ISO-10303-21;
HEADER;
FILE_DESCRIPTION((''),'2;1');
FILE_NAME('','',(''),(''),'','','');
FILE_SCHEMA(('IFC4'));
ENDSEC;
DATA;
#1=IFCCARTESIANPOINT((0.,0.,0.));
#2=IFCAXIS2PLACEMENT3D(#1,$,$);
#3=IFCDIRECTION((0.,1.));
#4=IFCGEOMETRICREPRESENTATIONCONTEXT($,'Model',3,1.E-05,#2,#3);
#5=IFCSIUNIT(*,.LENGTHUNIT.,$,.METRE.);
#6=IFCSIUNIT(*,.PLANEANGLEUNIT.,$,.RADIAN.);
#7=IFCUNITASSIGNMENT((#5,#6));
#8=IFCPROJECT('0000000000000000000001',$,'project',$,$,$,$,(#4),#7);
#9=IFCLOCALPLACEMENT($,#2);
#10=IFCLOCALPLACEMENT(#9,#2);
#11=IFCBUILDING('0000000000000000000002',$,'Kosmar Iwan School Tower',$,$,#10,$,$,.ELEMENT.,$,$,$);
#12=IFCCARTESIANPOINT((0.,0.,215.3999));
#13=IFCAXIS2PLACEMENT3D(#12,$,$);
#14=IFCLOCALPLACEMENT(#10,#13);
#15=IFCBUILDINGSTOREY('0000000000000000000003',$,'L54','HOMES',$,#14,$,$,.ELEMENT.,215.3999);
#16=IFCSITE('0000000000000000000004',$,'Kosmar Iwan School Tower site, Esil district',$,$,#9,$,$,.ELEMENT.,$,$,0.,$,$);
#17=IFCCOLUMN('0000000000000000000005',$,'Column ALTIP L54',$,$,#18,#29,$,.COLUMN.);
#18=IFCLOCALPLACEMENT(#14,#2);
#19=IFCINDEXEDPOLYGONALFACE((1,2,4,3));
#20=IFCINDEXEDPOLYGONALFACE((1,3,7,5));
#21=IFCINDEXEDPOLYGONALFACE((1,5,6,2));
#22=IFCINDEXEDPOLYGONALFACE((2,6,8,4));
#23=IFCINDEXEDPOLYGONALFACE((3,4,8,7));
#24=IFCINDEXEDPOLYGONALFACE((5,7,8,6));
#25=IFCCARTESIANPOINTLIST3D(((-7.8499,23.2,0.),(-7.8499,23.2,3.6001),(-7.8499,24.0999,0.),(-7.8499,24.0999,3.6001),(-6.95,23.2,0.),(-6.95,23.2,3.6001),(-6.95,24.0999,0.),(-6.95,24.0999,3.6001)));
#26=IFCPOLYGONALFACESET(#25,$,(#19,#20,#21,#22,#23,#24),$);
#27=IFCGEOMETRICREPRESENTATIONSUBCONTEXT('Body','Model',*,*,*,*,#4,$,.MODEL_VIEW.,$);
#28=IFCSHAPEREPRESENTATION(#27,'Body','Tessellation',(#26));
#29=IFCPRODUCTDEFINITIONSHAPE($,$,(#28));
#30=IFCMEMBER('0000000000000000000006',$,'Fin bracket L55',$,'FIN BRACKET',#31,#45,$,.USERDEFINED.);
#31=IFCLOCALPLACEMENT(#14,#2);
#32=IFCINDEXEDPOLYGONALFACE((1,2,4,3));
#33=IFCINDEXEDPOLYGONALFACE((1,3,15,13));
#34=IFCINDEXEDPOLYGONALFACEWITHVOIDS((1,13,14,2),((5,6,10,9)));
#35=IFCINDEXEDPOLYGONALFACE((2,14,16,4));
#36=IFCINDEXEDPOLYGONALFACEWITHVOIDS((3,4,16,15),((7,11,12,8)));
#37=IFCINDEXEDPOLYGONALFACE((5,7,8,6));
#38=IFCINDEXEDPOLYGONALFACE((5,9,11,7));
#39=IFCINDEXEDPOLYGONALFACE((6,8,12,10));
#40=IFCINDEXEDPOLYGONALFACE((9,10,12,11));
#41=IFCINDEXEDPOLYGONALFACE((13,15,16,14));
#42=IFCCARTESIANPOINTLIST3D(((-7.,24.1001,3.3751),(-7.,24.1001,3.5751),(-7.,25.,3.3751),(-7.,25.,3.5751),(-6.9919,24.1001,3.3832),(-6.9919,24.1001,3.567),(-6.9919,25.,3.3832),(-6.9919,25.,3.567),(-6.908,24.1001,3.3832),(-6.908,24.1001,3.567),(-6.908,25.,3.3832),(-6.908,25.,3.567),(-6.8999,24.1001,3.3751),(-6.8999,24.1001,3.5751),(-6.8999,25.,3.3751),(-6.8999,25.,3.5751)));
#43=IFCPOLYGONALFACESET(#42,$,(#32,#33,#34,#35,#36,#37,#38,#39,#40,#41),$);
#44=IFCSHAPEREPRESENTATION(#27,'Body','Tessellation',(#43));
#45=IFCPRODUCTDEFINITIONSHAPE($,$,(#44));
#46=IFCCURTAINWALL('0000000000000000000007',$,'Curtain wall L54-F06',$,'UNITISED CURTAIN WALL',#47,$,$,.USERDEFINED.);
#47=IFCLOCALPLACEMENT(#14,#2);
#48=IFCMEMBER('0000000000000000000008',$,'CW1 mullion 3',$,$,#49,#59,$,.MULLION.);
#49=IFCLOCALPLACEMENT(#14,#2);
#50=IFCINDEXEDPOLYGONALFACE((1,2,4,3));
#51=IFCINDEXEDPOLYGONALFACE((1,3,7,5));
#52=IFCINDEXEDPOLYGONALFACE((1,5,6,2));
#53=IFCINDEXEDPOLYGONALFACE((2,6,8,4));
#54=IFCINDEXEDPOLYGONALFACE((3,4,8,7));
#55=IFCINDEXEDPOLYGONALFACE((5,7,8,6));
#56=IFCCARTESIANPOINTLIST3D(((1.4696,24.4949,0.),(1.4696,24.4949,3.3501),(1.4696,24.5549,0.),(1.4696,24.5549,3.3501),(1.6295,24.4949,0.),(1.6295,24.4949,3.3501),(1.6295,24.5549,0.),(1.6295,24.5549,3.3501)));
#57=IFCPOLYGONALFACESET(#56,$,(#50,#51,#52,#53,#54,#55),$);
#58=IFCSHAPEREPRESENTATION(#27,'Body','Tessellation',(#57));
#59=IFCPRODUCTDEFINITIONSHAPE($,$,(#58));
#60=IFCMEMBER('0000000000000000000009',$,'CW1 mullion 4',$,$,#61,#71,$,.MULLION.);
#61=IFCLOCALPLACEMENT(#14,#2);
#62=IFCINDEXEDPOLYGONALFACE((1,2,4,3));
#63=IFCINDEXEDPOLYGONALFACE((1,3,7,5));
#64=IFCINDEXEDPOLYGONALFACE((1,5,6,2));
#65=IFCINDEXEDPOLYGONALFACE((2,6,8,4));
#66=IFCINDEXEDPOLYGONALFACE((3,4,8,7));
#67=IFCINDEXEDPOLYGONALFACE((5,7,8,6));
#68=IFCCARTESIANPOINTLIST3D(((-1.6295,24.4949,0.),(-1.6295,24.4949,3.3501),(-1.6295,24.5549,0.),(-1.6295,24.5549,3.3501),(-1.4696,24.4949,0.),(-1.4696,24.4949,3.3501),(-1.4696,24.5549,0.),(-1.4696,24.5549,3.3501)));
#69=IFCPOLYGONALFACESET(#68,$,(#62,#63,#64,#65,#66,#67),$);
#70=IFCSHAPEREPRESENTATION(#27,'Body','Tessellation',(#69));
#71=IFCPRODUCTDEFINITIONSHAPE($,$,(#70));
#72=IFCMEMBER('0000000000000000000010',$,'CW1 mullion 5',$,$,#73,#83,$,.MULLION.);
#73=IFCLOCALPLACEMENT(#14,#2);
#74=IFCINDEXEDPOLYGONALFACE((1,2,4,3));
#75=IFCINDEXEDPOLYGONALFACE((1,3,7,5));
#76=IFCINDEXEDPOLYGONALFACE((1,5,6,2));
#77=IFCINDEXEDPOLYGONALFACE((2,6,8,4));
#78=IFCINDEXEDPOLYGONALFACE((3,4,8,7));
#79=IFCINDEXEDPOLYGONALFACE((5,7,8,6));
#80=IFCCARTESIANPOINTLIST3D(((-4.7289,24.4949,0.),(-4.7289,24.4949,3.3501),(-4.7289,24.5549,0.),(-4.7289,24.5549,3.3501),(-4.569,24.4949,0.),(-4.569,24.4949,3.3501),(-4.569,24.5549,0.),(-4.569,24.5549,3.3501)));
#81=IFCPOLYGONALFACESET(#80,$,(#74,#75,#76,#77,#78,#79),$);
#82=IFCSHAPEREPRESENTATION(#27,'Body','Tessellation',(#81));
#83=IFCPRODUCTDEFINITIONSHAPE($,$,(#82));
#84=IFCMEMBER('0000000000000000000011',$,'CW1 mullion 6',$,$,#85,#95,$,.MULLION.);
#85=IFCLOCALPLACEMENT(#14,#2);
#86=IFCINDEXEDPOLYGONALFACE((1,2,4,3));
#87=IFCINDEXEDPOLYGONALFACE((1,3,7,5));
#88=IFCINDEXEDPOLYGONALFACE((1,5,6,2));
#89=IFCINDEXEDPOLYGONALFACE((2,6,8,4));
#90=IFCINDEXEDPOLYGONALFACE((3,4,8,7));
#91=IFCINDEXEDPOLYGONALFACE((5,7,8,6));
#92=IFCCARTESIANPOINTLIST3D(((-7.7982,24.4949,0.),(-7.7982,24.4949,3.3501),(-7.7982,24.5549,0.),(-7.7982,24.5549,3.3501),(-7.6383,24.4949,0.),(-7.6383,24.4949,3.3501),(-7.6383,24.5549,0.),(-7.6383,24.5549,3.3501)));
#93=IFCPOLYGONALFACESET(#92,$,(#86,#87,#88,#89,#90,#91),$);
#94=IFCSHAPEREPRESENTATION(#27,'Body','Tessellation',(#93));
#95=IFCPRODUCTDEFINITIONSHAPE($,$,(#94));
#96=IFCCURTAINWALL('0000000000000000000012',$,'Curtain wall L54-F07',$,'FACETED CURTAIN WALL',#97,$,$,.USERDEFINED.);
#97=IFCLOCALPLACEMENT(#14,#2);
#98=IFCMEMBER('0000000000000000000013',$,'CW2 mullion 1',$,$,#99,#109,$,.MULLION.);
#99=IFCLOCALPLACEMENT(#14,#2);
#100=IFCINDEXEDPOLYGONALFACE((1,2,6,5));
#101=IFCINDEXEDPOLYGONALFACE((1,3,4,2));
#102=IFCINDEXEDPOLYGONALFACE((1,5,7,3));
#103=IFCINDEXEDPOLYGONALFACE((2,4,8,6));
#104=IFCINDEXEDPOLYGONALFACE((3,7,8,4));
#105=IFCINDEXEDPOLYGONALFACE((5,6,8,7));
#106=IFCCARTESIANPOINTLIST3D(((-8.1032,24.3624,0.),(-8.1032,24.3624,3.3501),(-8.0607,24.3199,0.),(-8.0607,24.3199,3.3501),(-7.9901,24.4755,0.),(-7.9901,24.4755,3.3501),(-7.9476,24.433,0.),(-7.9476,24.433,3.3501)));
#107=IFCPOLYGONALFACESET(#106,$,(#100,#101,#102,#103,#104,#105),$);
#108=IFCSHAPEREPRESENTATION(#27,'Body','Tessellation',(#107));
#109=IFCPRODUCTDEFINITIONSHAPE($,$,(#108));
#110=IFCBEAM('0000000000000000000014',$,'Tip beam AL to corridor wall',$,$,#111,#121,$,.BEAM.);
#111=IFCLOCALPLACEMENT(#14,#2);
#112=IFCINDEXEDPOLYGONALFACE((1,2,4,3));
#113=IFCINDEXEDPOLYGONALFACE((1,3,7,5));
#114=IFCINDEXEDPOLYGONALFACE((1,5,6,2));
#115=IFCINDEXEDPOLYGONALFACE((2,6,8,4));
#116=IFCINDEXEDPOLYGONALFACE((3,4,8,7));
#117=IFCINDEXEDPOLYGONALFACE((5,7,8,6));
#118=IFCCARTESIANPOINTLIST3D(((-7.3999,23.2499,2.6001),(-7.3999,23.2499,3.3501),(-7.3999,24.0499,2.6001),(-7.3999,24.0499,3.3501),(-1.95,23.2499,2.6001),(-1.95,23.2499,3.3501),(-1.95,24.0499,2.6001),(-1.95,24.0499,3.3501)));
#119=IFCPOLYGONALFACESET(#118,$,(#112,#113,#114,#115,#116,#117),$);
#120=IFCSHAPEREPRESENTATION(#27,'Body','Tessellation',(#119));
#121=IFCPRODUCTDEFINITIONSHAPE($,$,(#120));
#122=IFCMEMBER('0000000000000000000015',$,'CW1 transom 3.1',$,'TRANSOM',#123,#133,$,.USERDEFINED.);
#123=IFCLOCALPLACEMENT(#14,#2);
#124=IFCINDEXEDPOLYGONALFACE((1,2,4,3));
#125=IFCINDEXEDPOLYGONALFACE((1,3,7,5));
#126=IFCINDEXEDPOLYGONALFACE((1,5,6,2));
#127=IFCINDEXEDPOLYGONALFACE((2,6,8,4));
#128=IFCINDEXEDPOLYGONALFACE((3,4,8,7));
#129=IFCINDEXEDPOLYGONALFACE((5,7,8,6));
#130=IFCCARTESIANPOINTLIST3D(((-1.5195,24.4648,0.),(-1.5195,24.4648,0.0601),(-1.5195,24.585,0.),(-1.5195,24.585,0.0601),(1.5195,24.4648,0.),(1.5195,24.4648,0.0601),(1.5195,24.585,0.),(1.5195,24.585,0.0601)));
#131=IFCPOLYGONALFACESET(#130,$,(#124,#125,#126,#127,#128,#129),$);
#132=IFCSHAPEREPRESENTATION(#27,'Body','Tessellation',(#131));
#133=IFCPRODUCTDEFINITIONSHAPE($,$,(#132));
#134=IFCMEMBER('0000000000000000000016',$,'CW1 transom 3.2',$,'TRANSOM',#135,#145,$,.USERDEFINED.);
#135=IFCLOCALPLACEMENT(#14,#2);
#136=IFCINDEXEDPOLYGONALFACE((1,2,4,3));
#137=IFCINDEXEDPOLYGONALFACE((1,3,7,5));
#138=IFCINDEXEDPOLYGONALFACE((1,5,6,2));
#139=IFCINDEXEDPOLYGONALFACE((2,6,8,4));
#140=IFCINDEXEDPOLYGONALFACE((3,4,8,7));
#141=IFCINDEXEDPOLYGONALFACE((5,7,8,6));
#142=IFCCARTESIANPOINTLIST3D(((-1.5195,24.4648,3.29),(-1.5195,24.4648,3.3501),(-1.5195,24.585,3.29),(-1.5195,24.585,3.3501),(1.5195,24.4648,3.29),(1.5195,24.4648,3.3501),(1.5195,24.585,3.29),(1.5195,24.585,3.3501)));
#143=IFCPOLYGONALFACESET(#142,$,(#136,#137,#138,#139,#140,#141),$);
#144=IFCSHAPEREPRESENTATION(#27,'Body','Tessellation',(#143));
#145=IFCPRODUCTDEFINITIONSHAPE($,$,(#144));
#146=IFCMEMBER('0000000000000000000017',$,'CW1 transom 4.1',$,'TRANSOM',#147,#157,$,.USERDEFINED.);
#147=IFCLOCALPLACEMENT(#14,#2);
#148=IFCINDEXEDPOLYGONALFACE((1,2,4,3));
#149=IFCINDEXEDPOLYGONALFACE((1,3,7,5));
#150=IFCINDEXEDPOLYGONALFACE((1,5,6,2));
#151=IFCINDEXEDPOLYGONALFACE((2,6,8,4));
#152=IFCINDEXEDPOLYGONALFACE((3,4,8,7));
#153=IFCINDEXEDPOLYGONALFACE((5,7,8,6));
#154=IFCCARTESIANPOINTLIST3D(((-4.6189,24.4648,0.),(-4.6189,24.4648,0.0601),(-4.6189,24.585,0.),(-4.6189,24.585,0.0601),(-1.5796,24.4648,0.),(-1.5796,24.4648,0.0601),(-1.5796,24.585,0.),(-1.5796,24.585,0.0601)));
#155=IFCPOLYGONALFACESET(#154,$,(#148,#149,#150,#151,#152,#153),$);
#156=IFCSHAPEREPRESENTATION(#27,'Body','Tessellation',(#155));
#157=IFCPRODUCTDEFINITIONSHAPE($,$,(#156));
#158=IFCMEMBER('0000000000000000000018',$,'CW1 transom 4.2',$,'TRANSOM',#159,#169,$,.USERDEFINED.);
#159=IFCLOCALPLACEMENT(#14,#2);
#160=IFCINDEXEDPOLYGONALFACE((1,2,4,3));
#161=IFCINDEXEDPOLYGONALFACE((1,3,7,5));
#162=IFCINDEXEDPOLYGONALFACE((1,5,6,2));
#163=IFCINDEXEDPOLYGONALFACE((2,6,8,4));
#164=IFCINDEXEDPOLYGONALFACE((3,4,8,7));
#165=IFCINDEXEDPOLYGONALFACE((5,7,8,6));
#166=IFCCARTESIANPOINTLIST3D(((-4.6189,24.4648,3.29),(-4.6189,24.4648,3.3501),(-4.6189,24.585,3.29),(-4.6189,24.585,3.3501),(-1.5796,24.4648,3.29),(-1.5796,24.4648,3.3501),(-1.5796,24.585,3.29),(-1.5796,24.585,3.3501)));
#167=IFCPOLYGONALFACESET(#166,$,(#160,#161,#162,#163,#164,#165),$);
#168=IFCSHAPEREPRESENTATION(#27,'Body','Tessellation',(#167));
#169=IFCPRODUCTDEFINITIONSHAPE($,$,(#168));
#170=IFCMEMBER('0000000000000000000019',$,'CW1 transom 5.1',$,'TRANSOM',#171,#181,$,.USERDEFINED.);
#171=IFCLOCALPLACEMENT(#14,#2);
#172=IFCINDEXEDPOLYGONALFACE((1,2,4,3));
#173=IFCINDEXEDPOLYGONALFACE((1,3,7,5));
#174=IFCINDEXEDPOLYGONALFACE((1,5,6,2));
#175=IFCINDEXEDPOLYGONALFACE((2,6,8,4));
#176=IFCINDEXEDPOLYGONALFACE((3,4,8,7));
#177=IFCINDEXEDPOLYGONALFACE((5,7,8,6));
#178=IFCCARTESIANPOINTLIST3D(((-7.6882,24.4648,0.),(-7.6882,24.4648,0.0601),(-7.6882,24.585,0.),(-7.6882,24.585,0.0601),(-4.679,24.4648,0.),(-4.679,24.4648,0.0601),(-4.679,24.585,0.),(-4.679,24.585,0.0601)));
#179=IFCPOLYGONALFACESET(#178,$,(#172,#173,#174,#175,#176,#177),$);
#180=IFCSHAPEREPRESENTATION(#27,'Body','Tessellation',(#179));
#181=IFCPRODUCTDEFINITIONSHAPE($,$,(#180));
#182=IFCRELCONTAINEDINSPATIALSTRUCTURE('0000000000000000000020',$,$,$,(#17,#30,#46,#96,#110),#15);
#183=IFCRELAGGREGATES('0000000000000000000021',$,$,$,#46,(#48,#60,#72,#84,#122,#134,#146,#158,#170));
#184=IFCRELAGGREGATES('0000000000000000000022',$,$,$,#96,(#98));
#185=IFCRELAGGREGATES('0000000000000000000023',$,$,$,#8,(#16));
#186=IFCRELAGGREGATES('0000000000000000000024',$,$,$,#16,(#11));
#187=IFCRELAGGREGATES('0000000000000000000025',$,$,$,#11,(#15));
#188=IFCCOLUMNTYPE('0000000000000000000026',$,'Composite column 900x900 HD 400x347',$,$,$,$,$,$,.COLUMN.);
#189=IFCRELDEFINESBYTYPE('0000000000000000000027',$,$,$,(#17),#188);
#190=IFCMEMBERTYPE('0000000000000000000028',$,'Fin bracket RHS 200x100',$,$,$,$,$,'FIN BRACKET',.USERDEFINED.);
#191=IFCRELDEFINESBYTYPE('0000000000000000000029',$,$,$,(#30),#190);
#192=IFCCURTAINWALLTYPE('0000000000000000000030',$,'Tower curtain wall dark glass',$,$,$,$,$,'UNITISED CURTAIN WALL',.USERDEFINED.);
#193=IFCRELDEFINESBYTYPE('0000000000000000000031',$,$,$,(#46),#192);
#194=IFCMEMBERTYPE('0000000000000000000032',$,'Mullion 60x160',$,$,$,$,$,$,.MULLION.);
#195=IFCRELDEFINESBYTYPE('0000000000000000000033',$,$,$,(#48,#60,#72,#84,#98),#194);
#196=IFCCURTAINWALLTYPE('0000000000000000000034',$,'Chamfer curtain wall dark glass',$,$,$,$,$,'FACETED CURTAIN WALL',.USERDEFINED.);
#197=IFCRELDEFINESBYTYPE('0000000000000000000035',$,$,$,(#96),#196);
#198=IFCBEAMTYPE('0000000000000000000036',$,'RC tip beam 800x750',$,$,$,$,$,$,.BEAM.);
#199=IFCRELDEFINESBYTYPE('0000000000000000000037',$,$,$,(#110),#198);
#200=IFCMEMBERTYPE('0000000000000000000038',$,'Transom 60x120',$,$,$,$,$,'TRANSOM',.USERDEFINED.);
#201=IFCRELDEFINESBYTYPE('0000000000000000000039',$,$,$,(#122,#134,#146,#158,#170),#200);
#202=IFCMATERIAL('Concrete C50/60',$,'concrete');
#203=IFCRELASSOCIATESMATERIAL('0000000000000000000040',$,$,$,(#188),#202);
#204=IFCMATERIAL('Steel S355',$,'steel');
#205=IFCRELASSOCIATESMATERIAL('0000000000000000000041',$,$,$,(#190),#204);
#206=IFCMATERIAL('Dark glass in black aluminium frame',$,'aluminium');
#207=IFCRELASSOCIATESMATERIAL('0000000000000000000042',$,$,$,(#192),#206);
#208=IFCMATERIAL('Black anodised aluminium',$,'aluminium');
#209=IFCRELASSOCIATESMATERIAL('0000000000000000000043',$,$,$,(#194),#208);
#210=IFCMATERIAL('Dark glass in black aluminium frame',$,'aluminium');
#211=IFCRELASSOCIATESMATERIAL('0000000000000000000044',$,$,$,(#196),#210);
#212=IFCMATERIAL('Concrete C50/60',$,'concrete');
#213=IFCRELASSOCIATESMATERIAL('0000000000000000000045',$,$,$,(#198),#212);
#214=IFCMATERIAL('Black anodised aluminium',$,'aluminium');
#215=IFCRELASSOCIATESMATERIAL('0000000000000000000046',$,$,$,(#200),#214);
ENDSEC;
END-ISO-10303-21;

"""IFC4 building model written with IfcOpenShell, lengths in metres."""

from ifc_helpers import new_model, si_unit, direction, frame, origin, origin_2d, place, context, subcontext, project, spatial, rectangle, hollow_rectangle, extrude, material, material_profile, profile_set, type_object, element, aggregate, save


model = new_model("IFC4")

# Units and contexts
model_context = context("Model", 3, precision=1e-05, world=origin(), true_north=direction((0.0, 1.0)))
body_context = subcontext(model_context, "Body", "Model", "MODEL_VIEW")
ifc_project = project(units=[si_unit("LENGTHUNIT", "METRE"), si_unit("PLANEANGLEUNIT", "RADIAN")], contexts=[model_context])

# Site, building, storey
site_placement = place(None, origin())
site = spatial("IfcSite", under=ifc_project, at=site_placement, Name="Kosmar Iwan School Tower site, Esil district", CompositionType="ELEMENT", RefElevation=0.0)
building_placement = place(site_placement, origin())
building = spatial("IfcBuilding", under=site, at=building_placement, Name="Kosmar Iwan School Tower", CompositionType="ELEMENT")
storey_placement = place(building_placement, frame((0.0, 0.0, 215.3999)))
storey = spatial("IfcBuildingStorey", under=building, at=storey_placement, Name="L54", Description="HOMES", CompositionType="ELEMENT", Elevation=215.3999)

# Column
ifc_material_1 = material(Name="Concrete C50/60", Category="concrete")
ifc_material_profile_1 = material_profile(ifc_material_1, rectangle(XDim=0.8999, YDim=0.8999, at=origin_2d()), Name="RC 900x900 + HD 400x347")
ifc_profile_set_1 = profile_set([ifc_material_profile_1], Name="Concrete C50/60")
column_type = type_object("IfcColumnType", Name="Composite column 900x900 HD 400x347", PredefinedType="COLUMN", material=ifc_profile_set_1)
column_placement = place(storey_placement, frame((-7.3999, 23.6499, 0.0), z_axis=(0.0, 0.0, 1.0), x_axis=(0.0, 1.0, 0.0)))
element("IfcColumn", 1, at=column_placement, inside=storey, type_object=column_type, Name="Column ALTIP L54", PredefinedType="COLUMN", context=body_context, shape_type="SweptSolid", body=[
    extrude(rectangle(XDim=0.8999, YDim=0.8999, at=origin_2d()), origin(), (0.0, 0.0, 1.0), 3.6001),
])

# Member
ifc_material_2 = material(Name="Steel S355", Category="steel")
ifc_material_profile_2 = material_profile(ifc_material_2, hollow_rectangle(XDim=0.1001, YDim=0.2, WallThickness=0.0081, at=origin_2d()), Name="RHS 200x100x8")
ifc_profile_set_2 = profile_set([ifc_material_profile_2], Name="Steel S355")
member_type_1 = type_object("IfcMemberType", Name="Fin bracket RHS 200x100", ElementType="FIN BRACKET", PredefinedType="USERDEFINED", material=ifc_profile_set_2)
member_1_placement = place(storey_placement, frame((-6.95, 24.1001, 3.4751), z_axis=(0.0, 1.0, 0.0), x_axis=(-1.0, 0.0, 0.0)))
element("IfcMember", 2, at=member_1_placement, inside=storey, type_object=member_type_1, Name="Fin bracket L55", ObjectType="FIN BRACKET", PredefinedType="USERDEFINED", context=body_context, shape_type="SweptSolid", body=[
    extrude(hollow_rectangle(XDim=0.1001, YDim=0.2, WallThickness=0.0081, at=origin_2d()), origin(), (0.0, 0.0, 1.0), 0.8999),
])

# Curtain wall, members
ifc_material_3 = material(Name="Dark glass in black aluminium frame", Category="aluminium")
curtain_wall_type_1 = type_object("IfcCurtainWallType", Name="Tower curtain wall dark glass", ElementType="UNITISED CURTAIN WALL", PredefinedType="USERDEFINED", material=ifc_material_3)
curtain_wall_1_placement = place(storey_placement, origin())
curtain_wall_1 = element("IfcCurtainWall", 3, at=curtain_wall_1_placement, inside=storey, type_object=curtain_wall_type_1, Name="Curtain wall L54-F06", ObjectType="UNITISED CURTAIN WALL", PredefinedType="USERDEFINED")
ifc_material_4 = material(Name="Black anodised aluminium", Category="aluminium")
ifc_material_profile_3 = material_profile(ifc_material_4, rectangle(XDim=0.0601, YDim=0.1599, at=origin_2d()), Name="MULLION 60x160")
ifc_profile_set_3 = profile_set([ifc_material_profile_3], Name="Black anodised aluminium")
member_type_2 = type_object("IfcMemberType", Name="Mullion 60x160", PredefinedType="MULLION", material=ifc_profile_set_3)
member_2_placement = place(storey_placement, frame((1.5496, 24.5249, 0.0), z_axis=(0.0, 0.0, 1.0), x_axis=(0.0, -1.0, 0.0)))
member_2 = element("IfcMember", 4, at=member_2_placement, type_object=member_type_2, Name="CW1 mullion 3", PredefinedType="MULLION", context=body_context, shape_type="SweptSolid", body=[
    extrude(rectangle(XDim=0.0601, YDim=0.1599, at=origin_2d()), origin(), (0.0, 0.0, 1.0), 3.3501),
])
member_3_placement = place(storey_placement, frame((-1.5496, 24.5249, 0.0), z_axis=(0.0, 0.0, 1.0), x_axis=(0.0, -1.0, 0.0)))
member_3 = element("IfcMember", 5, at=member_3_placement, type_object=member_type_2, Name="CW1 mullion 4", PredefinedType="MULLION", context=body_context, shape_type="SweptSolid", body=[
    extrude(rectangle(XDim=0.0601, YDim=0.1599, at=origin_2d()), origin(), (0.0, 0.0, 1.0), 3.3501),
])
member_4_placement = place(storey_placement, frame((-4.6489, 24.5249, 0.0), z_axis=(0.0, 0.0, 1.0), x_axis=(0.0, -1.0, 0.0)))
member_4 = element("IfcMember", 6, at=member_4_placement, type_object=member_type_2, Name="CW1 mullion 5", PredefinedType="MULLION", context=body_context, shape_type="SweptSolid", body=[
    extrude(rectangle(XDim=0.0601, YDim=0.1599, at=origin_2d()), origin(), (0.0, 0.0, 1.0), 3.3501),
])
member_5_placement = place(storey_placement, frame((-7.7183, 24.5249, 0.0), z_axis=(0.0, 0.0, 1.0), x_axis=(0.0, -1.0, 0.0)))
member_5 = element("IfcMember", 7, at=member_5_placement, type_object=member_type_2, Name="CW1 mullion 6", PredefinedType="MULLION", context=body_context, shape_type="SweptSolid", body=[
    extrude(rectangle(XDim=0.0601, YDim=0.1599, at=origin_2d()), origin(), (0.0, 0.0, 1.0), 3.3501),
])

# Curtain wall, member
ifc_material_5 = material(Name="Dark glass in black aluminium frame", Category="aluminium")
curtain_wall_type_2 = type_object("IfcCurtainWallType", Name="Chamfer curtain wall dark glass", ElementType="FACETED CURTAIN WALL", PredefinedType="USERDEFINED", material=ifc_material_5)
curtain_wall_2_placement = place(storey_placement, origin())
curtain_wall_2 = element("IfcCurtainWall", 8, at=curtain_wall_2_placement, inside=storey, type_object=curtain_wall_type_2, Name="Curtain wall L54-F07", ObjectType="FACETED CURTAIN WALL", PredefinedType="USERDEFINED")
member_6_placement = place(storey_placement, frame((-8.0254, 24.3977, 0.0), z_axis=(0.0, 0.0, 1.0), x_axis=(0.707107, -0.707107, 0.0)))
member_6 = element("IfcMember", 9, at=member_6_placement, type_object=member_type_2, Name="CW2 mullion 1", PredefinedType="MULLION", context=body_context, shape_type="SweptSolid", body=[
    extrude(rectangle(XDim=0.0601, YDim=0.1599, at=origin_2d()), origin(), (0.0, 0.0, 1.0), 3.3501),
])

# Beam
ifc_material_6 = material(Name="Concrete C50/60", Category="concrete")
ifc_material_profile_4 = material_profile(ifc_material_6, rectangle(XDim=0.8, YDim=0.75, at=origin_2d()), Name="RC 800x750")
ifc_profile_set_4 = profile_set([ifc_material_profile_4], Name="Concrete C50/60")
beam_type = type_object("IfcBeamType", Name="RC tip beam 800x750", PredefinedType="BEAM", material=ifc_profile_set_4)
beam_placement = place(storey_placement, frame((-7.3999, 23.6499, 2.9751), z_axis=(1.0, 0.0, 0.0), x_axis=(0.0, 1.0, 0.0)))
element("IfcBeam", 10, at=beam_placement, inside=storey, type_object=beam_type, Name="Tip beam AL to corridor wall", PredefinedType="BEAM", context=body_context, shape_type="SweptSolid", body=[
    extrude(rectangle(XDim=0.8, YDim=0.75, at=origin_2d()), origin(), (0.0, 0.0, 1.0), 5.45),
])

# Members
ifc_material_7 = material(Name="Black anodised aluminium", Category="aluminium")
ifc_material_profile_5 = material_profile(ifc_material_7, rectangle(XDim=0.1201, YDim=0.0601, at=origin_2d()), Name="TRANSOM 60x120")
ifc_profile_set_5 = profile_set([ifc_material_profile_5], Name="Black anodised aluminium")
member_type_3 = type_object("IfcMemberType", Name="Transom 60x120", ElementType="TRANSOM", PredefinedType="USERDEFINED", material=ifc_profile_set_5)
member_7_placement = place(storey_placement, frame((1.5195, 24.5249, 0.03), z_axis=(-1.0, 0.0, 0.0), x_axis=(0.0, -1.0, 0.0)))
member_7 = element("IfcMember", 11, at=member_7_placement, type_object=member_type_3, Name="CW1 transom 3.1", ObjectType="TRANSOM", PredefinedType="USERDEFINED", context=body_context, shape_type="SweptSolid", body=[
    extrude(rectangle(XDim=0.1201, YDim=0.0601, at=origin_2d()), origin(), (0.0, 0.0, 1.0), 3.0391),
])
member_8_placement = place(storey_placement, frame((1.5195, 24.5249, 3.3201), z_axis=(-1.0, 0.0, 0.0), x_axis=(0.0, -1.0, 0.0)))
member_8 = element("IfcMember", 12, at=member_8_placement, type_object=member_type_3, Name="CW1 transom 3.2", ObjectType="TRANSOM", PredefinedType="USERDEFINED", context=body_context, shape_type="SweptSolid", body=[
    extrude(rectangle(XDim=0.1201, YDim=0.0601, at=origin_2d()), origin(), (0.0, 0.0, 1.0), 3.0391),
])
member_9_placement = place(storey_placement, frame((-1.5796, 24.5249, 0.03), z_axis=(-1.0, 0.0, 0.0), x_axis=(0.0, -1.0, 0.0)))
member_9 = element("IfcMember", 13, at=member_9_placement, type_object=member_type_3, Name="CW1 transom 4.1", ObjectType="TRANSOM", PredefinedType="USERDEFINED", context=body_context, shape_type="SweptSolid", body=[
    extrude(rectangle(XDim=0.1201, YDim=0.0601, at=origin_2d()), origin(), (0.0, 0.0, 1.0), 3.0393),
])
member_10_placement = place(storey_placement, frame((-1.5796, 24.5249, 3.3201), z_axis=(-1.0, 0.0, 0.0), x_axis=(0.0, -1.0, 0.0)))
member_10 = element("IfcMember", 14, at=member_10_placement, type_object=member_type_3, Name="CW1 transom 4.2", ObjectType="TRANSOM", PredefinedType="USERDEFINED", context=body_context, shape_type="SweptSolid", body=[
    extrude(rectangle(XDim=0.1201, YDim=0.0601, at=origin_2d()), origin(), (0.0, 0.0, 1.0), 3.0393),
])
member_11_placement = place(storey_placement, frame((-4.679, 24.5249, 0.03), z_axis=(-1.0, 0.0, 0.0), x_axis=(0.0, -1.0, 0.0)))
member_11 = element("IfcMember", 15, at=member_11_placement, type_object=member_type_3, Name="CW1 transom 5.1", ObjectType="TRANSOM", PredefinedType="USERDEFINED", context=body_context, shape_type="SweptSolid", body=[
    extrude(rectangle(XDim=0.1201, YDim=0.0601, at=origin_2d()), origin(), (0.0, 0.0, 1.0), 3.0093),
])

aggregate(curtain_wall_1, [member_2, member_3, member_4, member_5, member_7, member_8, member_9, member_10, member_11])
aggregate(curtain_wall_2, [member_6])

save(model, "model.ifc")
